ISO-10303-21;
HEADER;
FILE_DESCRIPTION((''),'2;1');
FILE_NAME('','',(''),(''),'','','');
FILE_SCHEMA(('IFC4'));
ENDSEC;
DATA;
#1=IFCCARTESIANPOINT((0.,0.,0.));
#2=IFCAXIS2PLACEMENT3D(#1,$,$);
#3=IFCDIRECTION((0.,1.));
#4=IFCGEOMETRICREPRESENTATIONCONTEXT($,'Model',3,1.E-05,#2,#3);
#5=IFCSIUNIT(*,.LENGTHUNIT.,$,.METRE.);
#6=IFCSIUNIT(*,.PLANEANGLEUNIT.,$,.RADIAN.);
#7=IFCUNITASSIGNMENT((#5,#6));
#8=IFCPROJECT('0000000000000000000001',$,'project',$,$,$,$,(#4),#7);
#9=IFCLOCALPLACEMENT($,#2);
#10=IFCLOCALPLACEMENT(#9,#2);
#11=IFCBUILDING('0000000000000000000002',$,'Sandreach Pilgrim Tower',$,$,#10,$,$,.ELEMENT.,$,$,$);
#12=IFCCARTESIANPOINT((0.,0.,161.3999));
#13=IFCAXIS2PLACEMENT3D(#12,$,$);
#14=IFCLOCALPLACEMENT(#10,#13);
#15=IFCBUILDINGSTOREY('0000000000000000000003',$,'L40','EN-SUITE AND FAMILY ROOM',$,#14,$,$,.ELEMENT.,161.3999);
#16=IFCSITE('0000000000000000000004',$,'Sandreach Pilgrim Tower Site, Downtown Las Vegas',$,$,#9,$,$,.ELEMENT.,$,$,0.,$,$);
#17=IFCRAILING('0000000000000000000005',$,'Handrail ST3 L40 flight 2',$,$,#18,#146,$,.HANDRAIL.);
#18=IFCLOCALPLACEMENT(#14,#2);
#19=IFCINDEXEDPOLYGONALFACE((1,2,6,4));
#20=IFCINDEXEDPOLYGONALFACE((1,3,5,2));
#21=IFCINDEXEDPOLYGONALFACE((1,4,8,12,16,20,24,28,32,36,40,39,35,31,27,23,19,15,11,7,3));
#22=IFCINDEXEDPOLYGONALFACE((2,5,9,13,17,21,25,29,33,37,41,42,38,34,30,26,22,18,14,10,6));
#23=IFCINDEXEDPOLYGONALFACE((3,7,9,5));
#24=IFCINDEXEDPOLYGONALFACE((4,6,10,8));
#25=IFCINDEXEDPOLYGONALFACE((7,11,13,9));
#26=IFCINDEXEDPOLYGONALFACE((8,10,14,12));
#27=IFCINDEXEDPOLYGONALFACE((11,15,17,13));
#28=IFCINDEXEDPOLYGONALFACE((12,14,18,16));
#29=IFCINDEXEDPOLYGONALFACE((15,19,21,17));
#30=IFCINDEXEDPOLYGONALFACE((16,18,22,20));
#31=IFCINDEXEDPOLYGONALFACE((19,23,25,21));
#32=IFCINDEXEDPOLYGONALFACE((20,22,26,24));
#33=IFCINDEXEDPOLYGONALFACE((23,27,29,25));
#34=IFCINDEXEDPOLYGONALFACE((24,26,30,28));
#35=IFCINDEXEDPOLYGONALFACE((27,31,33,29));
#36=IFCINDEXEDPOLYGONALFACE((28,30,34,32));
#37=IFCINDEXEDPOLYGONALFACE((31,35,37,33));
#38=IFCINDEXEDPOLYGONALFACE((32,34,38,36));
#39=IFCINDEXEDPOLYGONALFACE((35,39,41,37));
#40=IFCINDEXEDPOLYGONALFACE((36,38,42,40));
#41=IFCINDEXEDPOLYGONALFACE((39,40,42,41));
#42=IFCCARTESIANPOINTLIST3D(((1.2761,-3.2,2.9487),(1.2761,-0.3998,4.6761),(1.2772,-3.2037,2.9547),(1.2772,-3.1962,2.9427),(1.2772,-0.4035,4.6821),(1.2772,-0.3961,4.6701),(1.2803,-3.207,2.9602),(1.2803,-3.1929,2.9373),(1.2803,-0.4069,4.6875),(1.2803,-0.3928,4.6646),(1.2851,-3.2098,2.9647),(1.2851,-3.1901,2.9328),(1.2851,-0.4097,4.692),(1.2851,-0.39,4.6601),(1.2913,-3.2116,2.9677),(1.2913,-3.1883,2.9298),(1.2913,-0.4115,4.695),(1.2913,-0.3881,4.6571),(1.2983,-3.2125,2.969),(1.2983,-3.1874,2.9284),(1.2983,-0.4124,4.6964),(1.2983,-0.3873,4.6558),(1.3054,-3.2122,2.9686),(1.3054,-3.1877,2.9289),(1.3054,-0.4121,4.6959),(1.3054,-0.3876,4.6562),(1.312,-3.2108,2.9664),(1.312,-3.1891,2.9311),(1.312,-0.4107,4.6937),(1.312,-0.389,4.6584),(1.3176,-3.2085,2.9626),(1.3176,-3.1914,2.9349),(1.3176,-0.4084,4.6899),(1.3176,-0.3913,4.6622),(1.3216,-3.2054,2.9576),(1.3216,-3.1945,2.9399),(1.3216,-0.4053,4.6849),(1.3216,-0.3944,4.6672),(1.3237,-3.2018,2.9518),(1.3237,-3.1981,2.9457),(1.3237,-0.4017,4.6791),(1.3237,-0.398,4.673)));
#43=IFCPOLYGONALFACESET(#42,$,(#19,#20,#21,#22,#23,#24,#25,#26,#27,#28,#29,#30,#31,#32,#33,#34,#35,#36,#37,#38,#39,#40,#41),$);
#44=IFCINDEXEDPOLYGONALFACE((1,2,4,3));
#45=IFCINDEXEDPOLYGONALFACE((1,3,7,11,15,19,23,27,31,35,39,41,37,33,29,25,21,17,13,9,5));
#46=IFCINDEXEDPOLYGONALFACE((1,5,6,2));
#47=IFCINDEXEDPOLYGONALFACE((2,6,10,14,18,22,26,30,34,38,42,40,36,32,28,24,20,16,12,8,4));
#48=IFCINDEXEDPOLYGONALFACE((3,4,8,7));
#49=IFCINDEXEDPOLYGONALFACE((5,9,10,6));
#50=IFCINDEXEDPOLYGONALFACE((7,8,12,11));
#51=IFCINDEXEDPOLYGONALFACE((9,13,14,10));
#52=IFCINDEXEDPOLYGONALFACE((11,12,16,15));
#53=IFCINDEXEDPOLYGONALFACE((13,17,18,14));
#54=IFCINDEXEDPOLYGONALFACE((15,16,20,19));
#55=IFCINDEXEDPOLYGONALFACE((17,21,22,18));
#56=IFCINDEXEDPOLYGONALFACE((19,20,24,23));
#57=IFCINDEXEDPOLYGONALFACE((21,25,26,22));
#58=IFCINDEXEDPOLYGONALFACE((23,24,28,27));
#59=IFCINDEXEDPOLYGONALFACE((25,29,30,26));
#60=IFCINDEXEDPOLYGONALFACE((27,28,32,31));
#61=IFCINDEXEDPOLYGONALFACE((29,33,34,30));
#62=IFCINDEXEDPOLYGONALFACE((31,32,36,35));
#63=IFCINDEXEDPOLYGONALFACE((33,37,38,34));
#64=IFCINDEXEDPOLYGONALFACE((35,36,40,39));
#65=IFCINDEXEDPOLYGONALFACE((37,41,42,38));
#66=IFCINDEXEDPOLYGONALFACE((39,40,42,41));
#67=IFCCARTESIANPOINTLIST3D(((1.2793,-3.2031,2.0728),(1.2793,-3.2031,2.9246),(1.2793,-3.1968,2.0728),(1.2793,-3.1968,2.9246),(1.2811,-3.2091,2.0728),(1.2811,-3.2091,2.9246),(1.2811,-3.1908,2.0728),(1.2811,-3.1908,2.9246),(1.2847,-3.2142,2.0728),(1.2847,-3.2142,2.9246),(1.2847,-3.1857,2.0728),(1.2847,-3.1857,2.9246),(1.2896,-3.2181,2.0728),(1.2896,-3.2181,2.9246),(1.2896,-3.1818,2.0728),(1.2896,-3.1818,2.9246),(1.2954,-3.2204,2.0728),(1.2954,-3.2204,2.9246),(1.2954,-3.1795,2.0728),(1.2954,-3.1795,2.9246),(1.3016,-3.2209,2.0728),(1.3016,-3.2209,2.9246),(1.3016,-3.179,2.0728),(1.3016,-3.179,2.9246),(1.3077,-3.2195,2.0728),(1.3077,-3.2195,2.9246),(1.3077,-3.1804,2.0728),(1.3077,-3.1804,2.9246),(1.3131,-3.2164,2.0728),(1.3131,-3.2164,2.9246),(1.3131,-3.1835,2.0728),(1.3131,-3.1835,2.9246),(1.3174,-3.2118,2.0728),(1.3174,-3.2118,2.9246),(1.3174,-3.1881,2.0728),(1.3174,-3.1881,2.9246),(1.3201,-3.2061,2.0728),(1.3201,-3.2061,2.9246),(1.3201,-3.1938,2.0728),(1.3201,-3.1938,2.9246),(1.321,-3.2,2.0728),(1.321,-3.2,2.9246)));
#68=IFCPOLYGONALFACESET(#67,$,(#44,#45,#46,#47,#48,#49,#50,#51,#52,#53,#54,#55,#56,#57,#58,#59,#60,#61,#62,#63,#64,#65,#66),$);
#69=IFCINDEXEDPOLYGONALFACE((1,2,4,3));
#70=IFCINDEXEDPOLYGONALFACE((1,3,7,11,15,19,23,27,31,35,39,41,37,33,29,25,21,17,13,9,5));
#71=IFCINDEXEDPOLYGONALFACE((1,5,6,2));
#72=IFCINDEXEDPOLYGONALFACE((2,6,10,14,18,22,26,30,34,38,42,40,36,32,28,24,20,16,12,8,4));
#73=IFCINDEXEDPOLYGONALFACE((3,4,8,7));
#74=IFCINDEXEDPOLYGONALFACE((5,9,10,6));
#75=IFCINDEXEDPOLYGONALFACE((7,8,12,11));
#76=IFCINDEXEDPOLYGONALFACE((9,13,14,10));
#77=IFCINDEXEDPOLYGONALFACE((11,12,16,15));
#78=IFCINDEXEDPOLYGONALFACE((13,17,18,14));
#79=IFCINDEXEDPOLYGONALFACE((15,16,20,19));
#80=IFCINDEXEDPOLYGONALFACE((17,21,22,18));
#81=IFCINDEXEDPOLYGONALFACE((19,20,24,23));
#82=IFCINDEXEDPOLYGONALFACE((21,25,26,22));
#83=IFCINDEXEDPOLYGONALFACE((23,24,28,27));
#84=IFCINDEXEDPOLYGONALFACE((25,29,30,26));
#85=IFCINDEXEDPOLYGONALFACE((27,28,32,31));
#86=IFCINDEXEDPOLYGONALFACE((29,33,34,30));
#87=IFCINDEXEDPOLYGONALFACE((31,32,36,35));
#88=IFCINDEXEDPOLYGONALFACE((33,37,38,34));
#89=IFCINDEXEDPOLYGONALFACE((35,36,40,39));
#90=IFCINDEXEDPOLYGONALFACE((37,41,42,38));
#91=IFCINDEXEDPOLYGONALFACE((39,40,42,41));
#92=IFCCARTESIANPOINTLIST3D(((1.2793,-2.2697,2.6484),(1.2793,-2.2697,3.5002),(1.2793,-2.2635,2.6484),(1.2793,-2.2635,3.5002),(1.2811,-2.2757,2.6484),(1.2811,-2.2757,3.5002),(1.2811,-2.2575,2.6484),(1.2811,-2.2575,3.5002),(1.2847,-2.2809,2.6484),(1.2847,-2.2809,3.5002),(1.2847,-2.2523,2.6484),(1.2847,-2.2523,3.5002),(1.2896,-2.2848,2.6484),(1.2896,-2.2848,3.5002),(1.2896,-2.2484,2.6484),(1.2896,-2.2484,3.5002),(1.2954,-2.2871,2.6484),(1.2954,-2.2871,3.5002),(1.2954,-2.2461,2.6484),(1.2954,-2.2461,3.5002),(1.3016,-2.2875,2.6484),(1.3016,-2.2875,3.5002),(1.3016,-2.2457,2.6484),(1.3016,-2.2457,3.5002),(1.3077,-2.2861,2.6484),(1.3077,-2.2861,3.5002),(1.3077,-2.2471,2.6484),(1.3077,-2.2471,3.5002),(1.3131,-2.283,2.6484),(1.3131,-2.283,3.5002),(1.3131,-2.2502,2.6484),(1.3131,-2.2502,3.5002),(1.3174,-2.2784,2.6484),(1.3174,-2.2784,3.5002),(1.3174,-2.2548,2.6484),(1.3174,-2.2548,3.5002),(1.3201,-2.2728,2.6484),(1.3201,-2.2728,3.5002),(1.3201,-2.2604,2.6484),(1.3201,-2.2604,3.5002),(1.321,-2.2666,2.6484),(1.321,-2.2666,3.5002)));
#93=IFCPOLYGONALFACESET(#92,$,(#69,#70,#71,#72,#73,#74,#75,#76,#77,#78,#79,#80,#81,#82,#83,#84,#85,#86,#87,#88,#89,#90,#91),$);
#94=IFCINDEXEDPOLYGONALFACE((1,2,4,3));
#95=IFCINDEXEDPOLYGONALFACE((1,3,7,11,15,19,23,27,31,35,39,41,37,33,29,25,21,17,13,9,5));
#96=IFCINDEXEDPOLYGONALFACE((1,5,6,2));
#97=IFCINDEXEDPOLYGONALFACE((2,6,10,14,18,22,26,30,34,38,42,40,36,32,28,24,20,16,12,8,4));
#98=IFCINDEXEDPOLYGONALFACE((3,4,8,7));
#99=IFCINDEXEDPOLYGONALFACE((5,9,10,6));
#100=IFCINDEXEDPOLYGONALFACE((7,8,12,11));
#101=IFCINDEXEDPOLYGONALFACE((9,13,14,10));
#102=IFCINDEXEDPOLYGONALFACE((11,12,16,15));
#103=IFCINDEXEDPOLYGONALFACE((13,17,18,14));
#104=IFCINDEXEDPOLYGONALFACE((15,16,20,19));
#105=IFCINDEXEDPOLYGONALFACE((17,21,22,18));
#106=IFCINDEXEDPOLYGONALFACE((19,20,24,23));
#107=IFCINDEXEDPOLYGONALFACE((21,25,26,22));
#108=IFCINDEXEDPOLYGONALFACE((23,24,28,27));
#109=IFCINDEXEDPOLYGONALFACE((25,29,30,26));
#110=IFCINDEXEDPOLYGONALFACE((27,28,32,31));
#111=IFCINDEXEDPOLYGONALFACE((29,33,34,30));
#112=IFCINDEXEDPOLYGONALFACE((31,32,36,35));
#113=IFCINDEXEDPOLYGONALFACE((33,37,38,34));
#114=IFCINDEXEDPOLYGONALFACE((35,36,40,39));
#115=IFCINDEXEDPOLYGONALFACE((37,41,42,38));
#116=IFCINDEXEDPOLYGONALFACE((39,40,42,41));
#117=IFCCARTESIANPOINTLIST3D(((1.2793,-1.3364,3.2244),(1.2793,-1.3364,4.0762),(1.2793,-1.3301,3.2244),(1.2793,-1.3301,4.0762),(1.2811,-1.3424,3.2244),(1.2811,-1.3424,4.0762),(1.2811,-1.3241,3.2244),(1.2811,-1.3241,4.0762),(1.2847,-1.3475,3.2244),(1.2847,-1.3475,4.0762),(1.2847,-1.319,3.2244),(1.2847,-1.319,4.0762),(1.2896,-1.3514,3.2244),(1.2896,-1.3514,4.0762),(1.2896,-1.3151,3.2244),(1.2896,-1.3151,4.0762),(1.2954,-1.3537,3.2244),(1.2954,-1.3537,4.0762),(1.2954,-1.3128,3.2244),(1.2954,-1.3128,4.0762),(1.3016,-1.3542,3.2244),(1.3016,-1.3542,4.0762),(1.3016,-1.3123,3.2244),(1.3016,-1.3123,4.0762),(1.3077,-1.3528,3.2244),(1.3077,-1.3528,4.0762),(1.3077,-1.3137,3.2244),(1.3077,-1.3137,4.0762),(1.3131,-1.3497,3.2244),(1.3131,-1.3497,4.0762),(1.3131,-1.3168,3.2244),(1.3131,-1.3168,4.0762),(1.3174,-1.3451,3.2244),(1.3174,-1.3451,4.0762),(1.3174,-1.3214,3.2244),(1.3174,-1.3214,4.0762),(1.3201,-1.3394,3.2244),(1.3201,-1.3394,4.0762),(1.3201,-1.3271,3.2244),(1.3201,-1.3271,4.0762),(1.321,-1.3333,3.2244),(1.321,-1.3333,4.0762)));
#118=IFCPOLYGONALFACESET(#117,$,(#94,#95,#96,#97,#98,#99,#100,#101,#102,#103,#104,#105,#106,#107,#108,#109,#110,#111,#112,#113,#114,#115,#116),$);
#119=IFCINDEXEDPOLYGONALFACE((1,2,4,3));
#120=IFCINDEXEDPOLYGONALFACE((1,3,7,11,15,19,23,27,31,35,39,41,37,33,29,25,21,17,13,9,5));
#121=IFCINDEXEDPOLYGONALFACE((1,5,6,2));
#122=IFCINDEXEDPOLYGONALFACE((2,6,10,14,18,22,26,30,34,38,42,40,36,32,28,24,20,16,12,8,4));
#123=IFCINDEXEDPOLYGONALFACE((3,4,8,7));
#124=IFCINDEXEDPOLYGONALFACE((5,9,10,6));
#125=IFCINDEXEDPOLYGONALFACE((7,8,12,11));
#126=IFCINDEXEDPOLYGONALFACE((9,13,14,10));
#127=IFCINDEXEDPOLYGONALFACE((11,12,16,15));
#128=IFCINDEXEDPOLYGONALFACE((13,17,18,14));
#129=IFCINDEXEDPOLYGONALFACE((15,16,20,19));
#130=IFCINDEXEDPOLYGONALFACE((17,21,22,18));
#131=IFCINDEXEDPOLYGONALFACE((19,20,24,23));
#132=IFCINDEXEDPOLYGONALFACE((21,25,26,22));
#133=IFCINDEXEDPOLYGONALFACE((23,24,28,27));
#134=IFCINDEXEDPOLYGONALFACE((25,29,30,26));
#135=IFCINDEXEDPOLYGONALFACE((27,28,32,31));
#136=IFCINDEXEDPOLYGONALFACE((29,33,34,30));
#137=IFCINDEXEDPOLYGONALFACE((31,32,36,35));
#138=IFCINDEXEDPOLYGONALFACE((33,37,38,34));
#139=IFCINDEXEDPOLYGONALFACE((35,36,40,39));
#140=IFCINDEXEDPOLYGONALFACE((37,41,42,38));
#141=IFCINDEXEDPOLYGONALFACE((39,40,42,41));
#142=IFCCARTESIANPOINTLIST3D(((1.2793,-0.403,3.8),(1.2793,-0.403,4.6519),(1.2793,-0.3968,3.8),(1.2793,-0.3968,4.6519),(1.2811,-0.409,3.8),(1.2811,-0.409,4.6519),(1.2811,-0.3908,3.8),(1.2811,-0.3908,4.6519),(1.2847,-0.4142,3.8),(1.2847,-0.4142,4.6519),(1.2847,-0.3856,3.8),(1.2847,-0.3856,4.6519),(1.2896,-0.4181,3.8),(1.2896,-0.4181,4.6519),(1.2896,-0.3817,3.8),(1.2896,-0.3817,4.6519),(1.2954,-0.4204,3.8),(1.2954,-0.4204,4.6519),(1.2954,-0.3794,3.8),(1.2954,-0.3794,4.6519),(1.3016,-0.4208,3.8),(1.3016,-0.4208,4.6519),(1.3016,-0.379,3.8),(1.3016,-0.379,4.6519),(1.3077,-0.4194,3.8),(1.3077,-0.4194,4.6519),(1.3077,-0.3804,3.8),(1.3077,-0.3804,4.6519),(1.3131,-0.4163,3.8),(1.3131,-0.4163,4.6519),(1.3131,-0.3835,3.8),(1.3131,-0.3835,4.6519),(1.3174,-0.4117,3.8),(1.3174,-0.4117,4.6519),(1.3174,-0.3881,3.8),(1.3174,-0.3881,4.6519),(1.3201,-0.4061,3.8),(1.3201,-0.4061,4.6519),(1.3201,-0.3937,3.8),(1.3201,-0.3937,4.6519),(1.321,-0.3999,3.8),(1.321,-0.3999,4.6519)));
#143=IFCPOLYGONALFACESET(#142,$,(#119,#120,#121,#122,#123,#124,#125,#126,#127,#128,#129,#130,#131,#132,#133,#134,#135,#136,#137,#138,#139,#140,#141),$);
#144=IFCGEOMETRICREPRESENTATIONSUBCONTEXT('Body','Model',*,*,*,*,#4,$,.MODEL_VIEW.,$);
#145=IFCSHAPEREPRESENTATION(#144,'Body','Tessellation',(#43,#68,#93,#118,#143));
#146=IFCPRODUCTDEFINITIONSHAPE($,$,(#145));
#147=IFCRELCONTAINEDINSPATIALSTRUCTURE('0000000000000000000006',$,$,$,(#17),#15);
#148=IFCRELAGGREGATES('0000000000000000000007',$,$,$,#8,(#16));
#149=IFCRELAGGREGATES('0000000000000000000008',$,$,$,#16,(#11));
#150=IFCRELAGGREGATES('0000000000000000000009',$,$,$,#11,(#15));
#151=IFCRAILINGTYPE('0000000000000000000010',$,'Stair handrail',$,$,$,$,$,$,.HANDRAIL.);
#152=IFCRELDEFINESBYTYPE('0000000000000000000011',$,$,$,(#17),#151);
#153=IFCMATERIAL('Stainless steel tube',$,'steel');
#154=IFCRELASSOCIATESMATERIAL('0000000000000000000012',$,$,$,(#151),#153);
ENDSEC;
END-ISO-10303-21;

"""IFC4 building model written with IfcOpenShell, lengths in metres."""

from ifc_helpers import new_model, si_unit, direction, frame, origin, origin_2d, place, context, subcontext, project, spatial, circle, extrude, material, type_object, element, save


model = new_model("IFC4")

# Units and contexts
model_context = context("Model", 3, precision=1e-05, world=origin(), true_north=direction((0.0, 1.0)))
body_context = subcontext(model_context, "Body", "Model", "MODEL_VIEW")
ifc_project = project(units=[si_unit("LENGTHUNIT", "METRE"), si_unit("PLANEANGLEUNIT", "RADIAN")], contexts=[model_context])

# Site, building, storey
site_placement = place(None, origin())
site = spatial("IfcSite", under=ifc_project, at=site_placement, Name="Sandreach Pilgrim Tower Site, Downtown Las Vegas", CompositionType="ELEMENT", RefElevation=0.0)
building_placement = place(site_placement, origin())
building = spatial("IfcBuilding", under=site, at=building_placement, Name="Sandreach Pilgrim Tower", CompositionType="ELEMENT")
storey_placement = place(building_placement, frame((0.0, 0.0, 161.3999)))
storey = spatial("IfcBuildingStorey", under=building, at=storey_placement, Name="L40", Description="EN-SUITE AND FAMILY ROOM", CompositionType="ELEMENT", Elevation=161.3999)

# Railing
ifc_material_1 = material(Name="Stainless steel tube", Category="steel")
railing_type = type_object("IfcRailingType", Name="Stair handrail", PredefinedType="HANDRAIL", material=ifc_material_1)
for number, where, name in (
    (1, (1.3, -3.2, 2.0728), "Handrail ST3 L40 flight 2"),
):
    element("IfcRailing", number, at=place(storey_placement, frame(where)), inside=storey, type_object=railing_type, Name=name, PredefinedType="HANDRAIL", context=body_context, shape_type="SweptSolid", body=[
        extrude(circle(Radius=0.0239, at=origin_2d()), frame((0.0, 0.0, 0.876), z_axis=(0.0, 0.85109, 0.52502), x_axis=(-1.0, 0.0, 0.0)), (0.0, 0.0, 1.0), 3.29),
        extrude(circle(Radius=0.021, at=origin_2d()), origin(), (0.0, 0.0, 1.0), 0.8518),
        extrude(circle(Radius=0.021, at=origin_2d()), frame((0.0, 0.9333, 0.5757)), (0.0, 0.0, 1.0), 0.8518),
        extrude(circle(Radius=0.021, at=origin_2d()), frame((0.0, 1.8667, 1.1516)), (0.0, 0.0, 1.0), 0.8518),
        extrude(circle(Radius=0.021, at=origin_2d()), frame((0.0, 2.8, 1.7273)), (0.0, 0.0, 1.0), 0.8518),
    ])

save(model, "model.ifc")
